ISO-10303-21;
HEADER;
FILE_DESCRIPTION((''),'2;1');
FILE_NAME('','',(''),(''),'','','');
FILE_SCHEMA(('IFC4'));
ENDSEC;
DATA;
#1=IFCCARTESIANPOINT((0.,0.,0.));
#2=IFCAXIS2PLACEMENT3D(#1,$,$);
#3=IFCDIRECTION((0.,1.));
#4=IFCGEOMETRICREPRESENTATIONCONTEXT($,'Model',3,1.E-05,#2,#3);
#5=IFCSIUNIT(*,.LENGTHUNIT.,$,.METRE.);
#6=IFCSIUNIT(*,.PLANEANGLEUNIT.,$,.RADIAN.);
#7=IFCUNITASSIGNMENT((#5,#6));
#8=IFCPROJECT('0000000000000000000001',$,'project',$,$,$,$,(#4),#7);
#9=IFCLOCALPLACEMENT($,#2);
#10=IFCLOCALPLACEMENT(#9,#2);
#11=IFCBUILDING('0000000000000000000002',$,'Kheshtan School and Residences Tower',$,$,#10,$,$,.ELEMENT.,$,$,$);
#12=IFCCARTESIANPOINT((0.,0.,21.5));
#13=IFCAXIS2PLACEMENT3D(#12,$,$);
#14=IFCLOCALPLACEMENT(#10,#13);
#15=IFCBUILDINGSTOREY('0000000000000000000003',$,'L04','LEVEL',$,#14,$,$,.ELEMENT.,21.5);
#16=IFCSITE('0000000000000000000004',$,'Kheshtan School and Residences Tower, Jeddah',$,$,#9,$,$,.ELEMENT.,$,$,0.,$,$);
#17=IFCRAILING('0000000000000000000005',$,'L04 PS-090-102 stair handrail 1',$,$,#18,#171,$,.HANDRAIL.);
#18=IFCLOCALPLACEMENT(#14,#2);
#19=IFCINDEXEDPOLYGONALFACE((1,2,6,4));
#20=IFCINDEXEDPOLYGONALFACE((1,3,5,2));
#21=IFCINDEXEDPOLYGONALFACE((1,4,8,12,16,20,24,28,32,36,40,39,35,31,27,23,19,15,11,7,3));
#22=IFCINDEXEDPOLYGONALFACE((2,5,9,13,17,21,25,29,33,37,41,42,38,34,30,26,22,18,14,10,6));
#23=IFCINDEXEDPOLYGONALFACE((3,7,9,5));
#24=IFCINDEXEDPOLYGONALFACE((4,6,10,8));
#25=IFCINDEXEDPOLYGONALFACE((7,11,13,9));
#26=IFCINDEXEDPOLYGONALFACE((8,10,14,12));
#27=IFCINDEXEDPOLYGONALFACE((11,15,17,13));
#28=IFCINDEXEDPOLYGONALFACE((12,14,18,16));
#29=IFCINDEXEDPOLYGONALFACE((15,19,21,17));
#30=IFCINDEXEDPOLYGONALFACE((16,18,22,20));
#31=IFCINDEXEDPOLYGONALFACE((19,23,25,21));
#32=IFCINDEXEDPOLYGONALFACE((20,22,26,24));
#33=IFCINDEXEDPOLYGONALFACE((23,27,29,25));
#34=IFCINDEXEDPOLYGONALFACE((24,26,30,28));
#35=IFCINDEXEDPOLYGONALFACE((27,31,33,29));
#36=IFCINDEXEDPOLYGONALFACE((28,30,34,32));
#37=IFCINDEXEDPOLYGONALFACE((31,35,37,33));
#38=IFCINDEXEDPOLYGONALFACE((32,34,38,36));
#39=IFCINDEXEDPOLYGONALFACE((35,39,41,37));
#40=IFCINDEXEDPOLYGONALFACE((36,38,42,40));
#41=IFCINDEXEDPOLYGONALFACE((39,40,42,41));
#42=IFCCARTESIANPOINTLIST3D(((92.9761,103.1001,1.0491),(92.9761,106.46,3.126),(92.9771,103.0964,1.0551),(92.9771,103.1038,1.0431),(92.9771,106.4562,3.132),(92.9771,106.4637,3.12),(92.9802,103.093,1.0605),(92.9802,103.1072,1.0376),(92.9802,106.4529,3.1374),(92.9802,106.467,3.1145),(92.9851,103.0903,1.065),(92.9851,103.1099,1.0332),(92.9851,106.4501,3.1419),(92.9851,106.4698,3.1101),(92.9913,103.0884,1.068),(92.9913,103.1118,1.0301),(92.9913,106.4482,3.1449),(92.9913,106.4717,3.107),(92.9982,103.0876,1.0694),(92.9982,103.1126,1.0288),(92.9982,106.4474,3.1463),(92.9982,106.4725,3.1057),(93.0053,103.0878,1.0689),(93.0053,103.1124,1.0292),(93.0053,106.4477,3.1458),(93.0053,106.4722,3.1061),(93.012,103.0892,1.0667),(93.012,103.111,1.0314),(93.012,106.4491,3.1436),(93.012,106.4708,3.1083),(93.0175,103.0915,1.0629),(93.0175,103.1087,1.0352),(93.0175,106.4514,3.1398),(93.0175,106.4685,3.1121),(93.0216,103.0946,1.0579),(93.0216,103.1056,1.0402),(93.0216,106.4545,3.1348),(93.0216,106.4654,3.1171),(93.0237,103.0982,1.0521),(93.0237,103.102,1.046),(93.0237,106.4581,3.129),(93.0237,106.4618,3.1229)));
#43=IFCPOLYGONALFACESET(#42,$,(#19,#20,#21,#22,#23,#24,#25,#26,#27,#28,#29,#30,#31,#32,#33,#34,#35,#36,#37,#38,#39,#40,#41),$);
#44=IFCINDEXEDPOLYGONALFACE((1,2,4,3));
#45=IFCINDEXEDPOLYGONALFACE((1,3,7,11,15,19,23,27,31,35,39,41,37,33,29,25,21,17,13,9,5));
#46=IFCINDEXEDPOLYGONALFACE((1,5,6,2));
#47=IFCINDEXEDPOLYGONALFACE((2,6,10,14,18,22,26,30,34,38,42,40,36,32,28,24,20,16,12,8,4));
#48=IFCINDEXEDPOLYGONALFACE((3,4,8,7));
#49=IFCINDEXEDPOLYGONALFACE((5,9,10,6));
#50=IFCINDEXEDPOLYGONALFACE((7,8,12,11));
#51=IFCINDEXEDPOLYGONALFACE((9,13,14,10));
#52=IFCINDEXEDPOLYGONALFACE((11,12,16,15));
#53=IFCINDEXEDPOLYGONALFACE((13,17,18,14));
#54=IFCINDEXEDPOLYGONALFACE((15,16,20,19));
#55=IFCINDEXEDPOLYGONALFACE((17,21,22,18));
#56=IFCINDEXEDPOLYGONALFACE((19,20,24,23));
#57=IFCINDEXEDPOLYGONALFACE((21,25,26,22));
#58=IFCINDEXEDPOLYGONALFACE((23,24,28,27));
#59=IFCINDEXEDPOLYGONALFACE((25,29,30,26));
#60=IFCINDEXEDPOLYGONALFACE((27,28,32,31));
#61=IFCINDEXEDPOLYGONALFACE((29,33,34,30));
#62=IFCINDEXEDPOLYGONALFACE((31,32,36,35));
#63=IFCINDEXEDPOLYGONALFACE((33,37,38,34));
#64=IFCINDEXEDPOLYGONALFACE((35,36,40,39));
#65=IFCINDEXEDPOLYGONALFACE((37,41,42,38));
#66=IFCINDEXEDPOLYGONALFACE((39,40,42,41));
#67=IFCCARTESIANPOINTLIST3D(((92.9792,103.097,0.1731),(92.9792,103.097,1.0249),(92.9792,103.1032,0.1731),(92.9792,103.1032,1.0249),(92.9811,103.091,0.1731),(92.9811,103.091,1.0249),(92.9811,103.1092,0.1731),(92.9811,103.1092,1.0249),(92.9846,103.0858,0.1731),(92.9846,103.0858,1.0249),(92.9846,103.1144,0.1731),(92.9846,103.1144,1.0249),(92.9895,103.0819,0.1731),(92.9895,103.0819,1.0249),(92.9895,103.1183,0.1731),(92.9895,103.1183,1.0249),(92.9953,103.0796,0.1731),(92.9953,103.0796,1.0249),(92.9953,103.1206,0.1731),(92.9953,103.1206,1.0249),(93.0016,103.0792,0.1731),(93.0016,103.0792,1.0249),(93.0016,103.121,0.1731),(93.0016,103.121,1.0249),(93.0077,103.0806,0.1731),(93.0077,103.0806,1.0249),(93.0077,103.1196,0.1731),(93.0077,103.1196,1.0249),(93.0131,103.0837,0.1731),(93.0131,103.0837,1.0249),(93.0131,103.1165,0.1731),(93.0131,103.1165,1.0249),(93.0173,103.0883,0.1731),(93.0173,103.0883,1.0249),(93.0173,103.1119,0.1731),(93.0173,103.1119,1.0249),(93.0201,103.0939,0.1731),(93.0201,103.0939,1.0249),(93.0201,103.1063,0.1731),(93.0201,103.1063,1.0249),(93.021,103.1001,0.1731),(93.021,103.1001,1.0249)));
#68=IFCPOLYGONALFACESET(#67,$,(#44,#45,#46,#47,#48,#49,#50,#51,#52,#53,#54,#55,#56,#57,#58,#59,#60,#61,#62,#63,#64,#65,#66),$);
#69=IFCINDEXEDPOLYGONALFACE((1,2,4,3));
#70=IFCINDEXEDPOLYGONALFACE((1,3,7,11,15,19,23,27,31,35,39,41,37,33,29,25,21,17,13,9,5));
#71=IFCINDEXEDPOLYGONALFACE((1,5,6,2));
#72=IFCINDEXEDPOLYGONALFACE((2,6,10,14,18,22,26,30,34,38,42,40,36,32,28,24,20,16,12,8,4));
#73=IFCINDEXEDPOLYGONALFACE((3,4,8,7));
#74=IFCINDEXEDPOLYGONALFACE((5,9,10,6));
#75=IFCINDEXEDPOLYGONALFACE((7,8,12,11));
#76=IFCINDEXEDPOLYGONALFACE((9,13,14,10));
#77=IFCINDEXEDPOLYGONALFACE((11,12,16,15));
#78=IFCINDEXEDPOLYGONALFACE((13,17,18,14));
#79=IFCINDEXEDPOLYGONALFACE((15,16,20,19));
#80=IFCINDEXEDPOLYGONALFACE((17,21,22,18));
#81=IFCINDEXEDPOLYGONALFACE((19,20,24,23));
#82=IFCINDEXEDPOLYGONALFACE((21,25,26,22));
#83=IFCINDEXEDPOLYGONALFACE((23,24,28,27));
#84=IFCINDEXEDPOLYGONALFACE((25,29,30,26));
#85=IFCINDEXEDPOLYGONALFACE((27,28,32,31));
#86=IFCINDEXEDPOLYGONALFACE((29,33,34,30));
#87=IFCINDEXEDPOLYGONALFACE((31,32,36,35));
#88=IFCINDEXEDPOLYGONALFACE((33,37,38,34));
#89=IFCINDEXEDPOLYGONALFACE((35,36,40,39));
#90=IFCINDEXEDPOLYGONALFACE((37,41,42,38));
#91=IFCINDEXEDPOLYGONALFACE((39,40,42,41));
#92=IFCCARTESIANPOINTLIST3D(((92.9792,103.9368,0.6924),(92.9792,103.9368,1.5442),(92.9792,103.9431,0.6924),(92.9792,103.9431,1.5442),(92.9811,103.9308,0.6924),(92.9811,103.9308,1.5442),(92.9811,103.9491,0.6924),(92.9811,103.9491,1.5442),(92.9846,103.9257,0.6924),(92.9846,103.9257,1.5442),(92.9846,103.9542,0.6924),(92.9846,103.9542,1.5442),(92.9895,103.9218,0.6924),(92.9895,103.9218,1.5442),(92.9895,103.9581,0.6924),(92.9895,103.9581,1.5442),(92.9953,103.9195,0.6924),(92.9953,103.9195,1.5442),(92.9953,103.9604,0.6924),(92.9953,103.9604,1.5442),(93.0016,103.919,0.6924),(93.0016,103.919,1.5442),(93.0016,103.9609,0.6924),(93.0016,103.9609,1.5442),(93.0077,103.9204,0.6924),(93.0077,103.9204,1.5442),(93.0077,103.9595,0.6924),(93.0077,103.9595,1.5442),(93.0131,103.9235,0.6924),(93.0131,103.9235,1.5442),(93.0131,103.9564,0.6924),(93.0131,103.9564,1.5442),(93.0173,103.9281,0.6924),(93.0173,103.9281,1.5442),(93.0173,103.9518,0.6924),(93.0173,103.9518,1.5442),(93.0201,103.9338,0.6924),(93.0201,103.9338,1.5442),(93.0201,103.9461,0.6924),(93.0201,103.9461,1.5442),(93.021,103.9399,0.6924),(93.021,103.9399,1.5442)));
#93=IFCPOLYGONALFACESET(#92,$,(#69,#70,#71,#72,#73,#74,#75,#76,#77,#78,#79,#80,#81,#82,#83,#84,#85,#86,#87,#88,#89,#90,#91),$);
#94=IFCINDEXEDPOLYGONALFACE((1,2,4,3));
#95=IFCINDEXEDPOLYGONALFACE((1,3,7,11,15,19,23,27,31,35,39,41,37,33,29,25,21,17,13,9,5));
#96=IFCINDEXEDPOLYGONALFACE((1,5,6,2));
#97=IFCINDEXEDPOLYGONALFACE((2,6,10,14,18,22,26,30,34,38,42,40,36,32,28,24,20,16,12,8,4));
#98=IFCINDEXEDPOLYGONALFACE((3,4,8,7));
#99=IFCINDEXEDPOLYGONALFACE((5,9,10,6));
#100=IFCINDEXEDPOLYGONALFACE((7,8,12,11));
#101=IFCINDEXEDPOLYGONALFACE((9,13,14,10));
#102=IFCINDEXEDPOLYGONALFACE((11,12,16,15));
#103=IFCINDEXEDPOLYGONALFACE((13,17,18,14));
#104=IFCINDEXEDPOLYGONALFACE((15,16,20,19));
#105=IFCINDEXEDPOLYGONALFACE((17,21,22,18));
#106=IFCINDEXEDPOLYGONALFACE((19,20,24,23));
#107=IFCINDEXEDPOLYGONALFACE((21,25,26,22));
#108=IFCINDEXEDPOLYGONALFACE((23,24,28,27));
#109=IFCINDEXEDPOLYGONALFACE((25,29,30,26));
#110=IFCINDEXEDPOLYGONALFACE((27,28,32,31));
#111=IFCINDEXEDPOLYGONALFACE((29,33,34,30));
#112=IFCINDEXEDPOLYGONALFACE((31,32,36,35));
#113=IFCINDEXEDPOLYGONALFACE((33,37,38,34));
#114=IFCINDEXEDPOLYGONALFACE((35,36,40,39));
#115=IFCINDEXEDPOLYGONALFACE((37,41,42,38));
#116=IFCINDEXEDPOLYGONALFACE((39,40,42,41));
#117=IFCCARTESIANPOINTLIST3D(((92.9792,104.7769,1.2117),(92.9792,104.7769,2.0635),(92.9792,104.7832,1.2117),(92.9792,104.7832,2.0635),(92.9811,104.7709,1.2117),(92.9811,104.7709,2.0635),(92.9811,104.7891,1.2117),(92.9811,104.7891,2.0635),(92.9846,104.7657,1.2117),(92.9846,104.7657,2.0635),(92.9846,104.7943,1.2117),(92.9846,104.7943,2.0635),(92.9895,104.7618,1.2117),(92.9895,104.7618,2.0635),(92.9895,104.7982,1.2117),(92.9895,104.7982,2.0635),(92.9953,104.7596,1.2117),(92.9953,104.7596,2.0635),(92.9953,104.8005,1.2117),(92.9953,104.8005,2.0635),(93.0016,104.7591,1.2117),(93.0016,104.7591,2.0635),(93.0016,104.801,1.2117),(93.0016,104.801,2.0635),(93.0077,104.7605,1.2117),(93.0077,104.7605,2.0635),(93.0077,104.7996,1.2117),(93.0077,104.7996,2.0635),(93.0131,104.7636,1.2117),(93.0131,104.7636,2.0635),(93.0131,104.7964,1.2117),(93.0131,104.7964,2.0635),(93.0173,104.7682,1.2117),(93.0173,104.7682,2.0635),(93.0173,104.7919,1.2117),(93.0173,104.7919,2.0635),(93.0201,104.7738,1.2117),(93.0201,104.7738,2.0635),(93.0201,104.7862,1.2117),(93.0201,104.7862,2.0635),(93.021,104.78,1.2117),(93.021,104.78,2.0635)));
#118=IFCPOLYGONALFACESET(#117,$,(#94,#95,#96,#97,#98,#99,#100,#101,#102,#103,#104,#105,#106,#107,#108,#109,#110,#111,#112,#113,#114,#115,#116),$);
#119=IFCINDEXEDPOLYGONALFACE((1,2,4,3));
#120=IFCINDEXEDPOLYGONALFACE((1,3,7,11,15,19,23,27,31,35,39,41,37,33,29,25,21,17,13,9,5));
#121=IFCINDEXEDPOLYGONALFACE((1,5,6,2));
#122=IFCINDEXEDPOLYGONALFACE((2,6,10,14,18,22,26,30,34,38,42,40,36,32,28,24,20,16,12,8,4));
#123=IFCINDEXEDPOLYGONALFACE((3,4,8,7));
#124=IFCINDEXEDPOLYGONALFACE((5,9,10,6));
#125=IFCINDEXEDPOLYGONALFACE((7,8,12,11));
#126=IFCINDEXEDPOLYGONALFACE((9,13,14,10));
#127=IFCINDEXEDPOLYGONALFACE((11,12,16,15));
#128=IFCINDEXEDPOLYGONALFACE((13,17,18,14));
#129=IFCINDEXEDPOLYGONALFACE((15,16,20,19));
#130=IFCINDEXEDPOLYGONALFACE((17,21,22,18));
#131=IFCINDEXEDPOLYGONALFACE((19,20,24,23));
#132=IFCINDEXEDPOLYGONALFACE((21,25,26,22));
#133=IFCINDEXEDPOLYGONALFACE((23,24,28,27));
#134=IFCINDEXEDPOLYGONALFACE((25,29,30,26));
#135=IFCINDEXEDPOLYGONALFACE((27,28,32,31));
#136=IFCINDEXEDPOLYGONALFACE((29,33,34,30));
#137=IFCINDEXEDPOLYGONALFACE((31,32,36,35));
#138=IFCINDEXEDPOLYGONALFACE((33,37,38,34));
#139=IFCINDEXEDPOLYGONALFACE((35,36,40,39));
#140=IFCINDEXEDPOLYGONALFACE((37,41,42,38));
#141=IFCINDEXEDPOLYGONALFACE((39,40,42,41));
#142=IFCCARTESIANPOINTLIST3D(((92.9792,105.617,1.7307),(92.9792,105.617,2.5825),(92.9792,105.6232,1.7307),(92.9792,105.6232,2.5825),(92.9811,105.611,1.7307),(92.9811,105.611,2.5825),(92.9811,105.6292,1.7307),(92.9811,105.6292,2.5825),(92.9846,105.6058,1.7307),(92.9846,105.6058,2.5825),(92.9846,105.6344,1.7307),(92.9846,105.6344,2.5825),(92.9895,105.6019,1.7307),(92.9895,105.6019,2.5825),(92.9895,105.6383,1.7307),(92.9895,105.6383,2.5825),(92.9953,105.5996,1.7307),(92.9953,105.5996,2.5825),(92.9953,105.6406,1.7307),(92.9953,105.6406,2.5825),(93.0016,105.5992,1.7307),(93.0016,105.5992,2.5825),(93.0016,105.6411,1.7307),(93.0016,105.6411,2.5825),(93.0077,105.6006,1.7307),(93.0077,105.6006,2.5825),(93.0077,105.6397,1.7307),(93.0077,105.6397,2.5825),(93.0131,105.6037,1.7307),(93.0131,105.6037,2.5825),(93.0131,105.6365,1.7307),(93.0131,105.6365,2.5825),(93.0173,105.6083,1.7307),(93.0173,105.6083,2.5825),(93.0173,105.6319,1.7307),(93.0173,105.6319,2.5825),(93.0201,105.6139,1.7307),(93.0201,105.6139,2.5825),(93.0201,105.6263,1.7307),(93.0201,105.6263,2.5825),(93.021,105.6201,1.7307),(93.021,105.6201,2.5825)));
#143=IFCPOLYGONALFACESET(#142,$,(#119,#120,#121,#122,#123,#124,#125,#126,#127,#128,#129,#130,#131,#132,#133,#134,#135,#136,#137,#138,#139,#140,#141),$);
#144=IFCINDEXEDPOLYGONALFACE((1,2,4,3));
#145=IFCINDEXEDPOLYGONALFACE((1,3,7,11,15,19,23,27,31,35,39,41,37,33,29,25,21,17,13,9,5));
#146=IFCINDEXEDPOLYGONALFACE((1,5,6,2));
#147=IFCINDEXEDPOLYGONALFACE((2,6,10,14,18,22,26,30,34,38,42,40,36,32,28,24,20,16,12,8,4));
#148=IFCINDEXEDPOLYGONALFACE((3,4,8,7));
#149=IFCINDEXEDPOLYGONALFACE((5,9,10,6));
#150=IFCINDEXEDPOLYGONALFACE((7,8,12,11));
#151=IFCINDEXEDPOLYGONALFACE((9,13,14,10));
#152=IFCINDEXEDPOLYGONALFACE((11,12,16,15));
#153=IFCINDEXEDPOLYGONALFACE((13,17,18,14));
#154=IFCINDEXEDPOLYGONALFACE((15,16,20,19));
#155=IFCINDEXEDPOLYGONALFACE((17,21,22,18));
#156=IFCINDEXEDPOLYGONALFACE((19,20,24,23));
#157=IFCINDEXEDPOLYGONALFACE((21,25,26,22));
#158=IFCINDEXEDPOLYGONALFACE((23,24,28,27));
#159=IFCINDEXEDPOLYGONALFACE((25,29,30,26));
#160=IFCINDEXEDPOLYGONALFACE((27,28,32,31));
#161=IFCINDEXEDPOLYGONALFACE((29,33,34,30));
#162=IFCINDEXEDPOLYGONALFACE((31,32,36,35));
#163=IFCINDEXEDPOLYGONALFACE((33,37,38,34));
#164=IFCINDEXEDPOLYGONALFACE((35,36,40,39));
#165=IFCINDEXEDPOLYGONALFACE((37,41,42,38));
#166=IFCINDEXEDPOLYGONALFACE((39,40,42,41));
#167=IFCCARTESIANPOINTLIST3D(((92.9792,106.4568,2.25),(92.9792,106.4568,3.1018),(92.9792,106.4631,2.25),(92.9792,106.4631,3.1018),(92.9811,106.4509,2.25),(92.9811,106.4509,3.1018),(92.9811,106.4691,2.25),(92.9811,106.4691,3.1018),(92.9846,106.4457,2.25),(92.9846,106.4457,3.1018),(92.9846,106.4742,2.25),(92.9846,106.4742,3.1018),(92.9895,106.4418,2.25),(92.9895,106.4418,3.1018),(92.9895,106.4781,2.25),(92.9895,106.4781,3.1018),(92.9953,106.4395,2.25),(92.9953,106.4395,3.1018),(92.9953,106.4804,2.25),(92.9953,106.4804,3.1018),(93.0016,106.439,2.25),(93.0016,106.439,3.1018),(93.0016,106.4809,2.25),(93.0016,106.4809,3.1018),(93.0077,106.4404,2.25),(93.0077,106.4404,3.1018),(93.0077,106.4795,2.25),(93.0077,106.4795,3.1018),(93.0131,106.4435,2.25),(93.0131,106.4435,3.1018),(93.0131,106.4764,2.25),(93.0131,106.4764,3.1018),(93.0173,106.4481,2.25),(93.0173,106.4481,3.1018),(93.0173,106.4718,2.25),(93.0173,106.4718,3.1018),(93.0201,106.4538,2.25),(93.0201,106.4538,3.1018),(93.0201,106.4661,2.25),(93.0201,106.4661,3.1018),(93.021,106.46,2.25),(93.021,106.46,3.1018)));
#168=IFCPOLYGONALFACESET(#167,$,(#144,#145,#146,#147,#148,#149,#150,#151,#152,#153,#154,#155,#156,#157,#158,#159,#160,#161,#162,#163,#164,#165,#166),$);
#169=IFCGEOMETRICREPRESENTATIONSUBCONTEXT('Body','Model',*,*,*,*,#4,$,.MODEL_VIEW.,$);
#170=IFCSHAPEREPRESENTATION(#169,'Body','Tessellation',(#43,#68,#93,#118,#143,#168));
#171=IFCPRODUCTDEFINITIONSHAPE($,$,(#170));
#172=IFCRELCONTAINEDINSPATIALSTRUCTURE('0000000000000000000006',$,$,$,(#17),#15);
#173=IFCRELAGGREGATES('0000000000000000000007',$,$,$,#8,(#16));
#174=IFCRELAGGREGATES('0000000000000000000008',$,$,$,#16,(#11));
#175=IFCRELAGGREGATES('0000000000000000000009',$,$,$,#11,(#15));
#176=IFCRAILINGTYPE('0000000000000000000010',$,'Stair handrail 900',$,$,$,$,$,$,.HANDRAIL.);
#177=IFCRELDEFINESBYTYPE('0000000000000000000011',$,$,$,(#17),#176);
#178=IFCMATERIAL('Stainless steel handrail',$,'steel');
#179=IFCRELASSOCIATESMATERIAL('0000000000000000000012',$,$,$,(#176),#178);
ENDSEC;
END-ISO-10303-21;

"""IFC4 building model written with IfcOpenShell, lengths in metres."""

from ifc_helpers import new_model, si_unit, direction, frame, origin, origin_2d, place, context, subcontext, project, spatial, circle, extrude, material, type_object, element, save


model = new_model("IFC4")

# Units and contexts
model_context = context("Model", 3, precision=1e-05, world=origin(), true_north=direction((0.0, 1.0)))
body_context = subcontext(model_context, "Body", "Model", "MODEL_VIEW")
ifc_project = project(units=[si_unit("LENGTHUNIT", "METRE"), si_unit("PLANEANGLEUNIT", "RADIAN")], contexts=[model_context])

# Site, building, storey
site_placement = place(None, origin())
site = spatial("IfcSite", under=ifc_project, at=site_placement, Name="Kheshtan School and Residences Tower, Jeddah", CompositionType="ELEMENT", RefElevation=0.0)
building_placement = place(site_placement, origin())
building = spatial("IfcBuilding", under=site, at=building_placement, Name="Kheshtan School and Residences Tower", CompositionType="ELEMENT")
storey_placement = place(building_placement, frame((0.0, 0.0, 21.5)))
storey = spatial("IfcBuildingStorey", under=building, at=storey_placement, Name="L04", Description="LEVEL", CompositionType="ELEMENT", Elevation=21.5)

# Railing
ifc_material_1 = material(Name="Stainless steel handrail", Category="steel")
railing_type_1 = type_object("IfcRailingType", Name="Stair handrail 900", PredefinedType="HANDRAIL", material=ifc_material_1)
railing_1_placement = place(storey_placement, frame((93.0, 103.1001, 0.1731)))
element("IfcRailing", 1, at=railing_1_placement, inside=storey, type_object=railing_type_1, Name="L04 PS-090-102 stair handrail 1", PredefinedType="HANDRAIL", context=body_context, shape_type="SweptSolid", body=[
    extrude(circle(Radius=0.0239, at=origin_2d()), frame((0.0, 0.0, 0.876), z_axis=(0.0, 0.850606, 0.525803), x_axis=(-1.0, 0.0, 0.0)), (0.0, 0.0, 1.0), 3.95),
    extrude(circle(Radius=0.021, at=origin_2d()), origin(), (0.0, 0.0, 1.0), 0.8518),
    extrude(circle(Radius=0.021, at=origin_2d()), frame((0.0, 0.8398, 0.5193)), (0.0, 0.0, 1.0), 0.8518),
    extrude(circle(Radius=0.021, at=origin_2d()), frame((0.0, 1.6799, 1.0386)), (0.0, 0.0, 1.0), 0.8518),
    extrude(circle(Radius=0.021, at=origin_2d()), frame((0.0, 2.52, 1.5576)), (0.0, 0.0, 1.0), 0.8518),
    extrude(circle(Radius=0.021, at=origin_2d()), frame((0.0, 3.3599, 2.0769)), (0.0, 0.0, 1.0), 0.8518),
])

save(model, "model.ifc")
